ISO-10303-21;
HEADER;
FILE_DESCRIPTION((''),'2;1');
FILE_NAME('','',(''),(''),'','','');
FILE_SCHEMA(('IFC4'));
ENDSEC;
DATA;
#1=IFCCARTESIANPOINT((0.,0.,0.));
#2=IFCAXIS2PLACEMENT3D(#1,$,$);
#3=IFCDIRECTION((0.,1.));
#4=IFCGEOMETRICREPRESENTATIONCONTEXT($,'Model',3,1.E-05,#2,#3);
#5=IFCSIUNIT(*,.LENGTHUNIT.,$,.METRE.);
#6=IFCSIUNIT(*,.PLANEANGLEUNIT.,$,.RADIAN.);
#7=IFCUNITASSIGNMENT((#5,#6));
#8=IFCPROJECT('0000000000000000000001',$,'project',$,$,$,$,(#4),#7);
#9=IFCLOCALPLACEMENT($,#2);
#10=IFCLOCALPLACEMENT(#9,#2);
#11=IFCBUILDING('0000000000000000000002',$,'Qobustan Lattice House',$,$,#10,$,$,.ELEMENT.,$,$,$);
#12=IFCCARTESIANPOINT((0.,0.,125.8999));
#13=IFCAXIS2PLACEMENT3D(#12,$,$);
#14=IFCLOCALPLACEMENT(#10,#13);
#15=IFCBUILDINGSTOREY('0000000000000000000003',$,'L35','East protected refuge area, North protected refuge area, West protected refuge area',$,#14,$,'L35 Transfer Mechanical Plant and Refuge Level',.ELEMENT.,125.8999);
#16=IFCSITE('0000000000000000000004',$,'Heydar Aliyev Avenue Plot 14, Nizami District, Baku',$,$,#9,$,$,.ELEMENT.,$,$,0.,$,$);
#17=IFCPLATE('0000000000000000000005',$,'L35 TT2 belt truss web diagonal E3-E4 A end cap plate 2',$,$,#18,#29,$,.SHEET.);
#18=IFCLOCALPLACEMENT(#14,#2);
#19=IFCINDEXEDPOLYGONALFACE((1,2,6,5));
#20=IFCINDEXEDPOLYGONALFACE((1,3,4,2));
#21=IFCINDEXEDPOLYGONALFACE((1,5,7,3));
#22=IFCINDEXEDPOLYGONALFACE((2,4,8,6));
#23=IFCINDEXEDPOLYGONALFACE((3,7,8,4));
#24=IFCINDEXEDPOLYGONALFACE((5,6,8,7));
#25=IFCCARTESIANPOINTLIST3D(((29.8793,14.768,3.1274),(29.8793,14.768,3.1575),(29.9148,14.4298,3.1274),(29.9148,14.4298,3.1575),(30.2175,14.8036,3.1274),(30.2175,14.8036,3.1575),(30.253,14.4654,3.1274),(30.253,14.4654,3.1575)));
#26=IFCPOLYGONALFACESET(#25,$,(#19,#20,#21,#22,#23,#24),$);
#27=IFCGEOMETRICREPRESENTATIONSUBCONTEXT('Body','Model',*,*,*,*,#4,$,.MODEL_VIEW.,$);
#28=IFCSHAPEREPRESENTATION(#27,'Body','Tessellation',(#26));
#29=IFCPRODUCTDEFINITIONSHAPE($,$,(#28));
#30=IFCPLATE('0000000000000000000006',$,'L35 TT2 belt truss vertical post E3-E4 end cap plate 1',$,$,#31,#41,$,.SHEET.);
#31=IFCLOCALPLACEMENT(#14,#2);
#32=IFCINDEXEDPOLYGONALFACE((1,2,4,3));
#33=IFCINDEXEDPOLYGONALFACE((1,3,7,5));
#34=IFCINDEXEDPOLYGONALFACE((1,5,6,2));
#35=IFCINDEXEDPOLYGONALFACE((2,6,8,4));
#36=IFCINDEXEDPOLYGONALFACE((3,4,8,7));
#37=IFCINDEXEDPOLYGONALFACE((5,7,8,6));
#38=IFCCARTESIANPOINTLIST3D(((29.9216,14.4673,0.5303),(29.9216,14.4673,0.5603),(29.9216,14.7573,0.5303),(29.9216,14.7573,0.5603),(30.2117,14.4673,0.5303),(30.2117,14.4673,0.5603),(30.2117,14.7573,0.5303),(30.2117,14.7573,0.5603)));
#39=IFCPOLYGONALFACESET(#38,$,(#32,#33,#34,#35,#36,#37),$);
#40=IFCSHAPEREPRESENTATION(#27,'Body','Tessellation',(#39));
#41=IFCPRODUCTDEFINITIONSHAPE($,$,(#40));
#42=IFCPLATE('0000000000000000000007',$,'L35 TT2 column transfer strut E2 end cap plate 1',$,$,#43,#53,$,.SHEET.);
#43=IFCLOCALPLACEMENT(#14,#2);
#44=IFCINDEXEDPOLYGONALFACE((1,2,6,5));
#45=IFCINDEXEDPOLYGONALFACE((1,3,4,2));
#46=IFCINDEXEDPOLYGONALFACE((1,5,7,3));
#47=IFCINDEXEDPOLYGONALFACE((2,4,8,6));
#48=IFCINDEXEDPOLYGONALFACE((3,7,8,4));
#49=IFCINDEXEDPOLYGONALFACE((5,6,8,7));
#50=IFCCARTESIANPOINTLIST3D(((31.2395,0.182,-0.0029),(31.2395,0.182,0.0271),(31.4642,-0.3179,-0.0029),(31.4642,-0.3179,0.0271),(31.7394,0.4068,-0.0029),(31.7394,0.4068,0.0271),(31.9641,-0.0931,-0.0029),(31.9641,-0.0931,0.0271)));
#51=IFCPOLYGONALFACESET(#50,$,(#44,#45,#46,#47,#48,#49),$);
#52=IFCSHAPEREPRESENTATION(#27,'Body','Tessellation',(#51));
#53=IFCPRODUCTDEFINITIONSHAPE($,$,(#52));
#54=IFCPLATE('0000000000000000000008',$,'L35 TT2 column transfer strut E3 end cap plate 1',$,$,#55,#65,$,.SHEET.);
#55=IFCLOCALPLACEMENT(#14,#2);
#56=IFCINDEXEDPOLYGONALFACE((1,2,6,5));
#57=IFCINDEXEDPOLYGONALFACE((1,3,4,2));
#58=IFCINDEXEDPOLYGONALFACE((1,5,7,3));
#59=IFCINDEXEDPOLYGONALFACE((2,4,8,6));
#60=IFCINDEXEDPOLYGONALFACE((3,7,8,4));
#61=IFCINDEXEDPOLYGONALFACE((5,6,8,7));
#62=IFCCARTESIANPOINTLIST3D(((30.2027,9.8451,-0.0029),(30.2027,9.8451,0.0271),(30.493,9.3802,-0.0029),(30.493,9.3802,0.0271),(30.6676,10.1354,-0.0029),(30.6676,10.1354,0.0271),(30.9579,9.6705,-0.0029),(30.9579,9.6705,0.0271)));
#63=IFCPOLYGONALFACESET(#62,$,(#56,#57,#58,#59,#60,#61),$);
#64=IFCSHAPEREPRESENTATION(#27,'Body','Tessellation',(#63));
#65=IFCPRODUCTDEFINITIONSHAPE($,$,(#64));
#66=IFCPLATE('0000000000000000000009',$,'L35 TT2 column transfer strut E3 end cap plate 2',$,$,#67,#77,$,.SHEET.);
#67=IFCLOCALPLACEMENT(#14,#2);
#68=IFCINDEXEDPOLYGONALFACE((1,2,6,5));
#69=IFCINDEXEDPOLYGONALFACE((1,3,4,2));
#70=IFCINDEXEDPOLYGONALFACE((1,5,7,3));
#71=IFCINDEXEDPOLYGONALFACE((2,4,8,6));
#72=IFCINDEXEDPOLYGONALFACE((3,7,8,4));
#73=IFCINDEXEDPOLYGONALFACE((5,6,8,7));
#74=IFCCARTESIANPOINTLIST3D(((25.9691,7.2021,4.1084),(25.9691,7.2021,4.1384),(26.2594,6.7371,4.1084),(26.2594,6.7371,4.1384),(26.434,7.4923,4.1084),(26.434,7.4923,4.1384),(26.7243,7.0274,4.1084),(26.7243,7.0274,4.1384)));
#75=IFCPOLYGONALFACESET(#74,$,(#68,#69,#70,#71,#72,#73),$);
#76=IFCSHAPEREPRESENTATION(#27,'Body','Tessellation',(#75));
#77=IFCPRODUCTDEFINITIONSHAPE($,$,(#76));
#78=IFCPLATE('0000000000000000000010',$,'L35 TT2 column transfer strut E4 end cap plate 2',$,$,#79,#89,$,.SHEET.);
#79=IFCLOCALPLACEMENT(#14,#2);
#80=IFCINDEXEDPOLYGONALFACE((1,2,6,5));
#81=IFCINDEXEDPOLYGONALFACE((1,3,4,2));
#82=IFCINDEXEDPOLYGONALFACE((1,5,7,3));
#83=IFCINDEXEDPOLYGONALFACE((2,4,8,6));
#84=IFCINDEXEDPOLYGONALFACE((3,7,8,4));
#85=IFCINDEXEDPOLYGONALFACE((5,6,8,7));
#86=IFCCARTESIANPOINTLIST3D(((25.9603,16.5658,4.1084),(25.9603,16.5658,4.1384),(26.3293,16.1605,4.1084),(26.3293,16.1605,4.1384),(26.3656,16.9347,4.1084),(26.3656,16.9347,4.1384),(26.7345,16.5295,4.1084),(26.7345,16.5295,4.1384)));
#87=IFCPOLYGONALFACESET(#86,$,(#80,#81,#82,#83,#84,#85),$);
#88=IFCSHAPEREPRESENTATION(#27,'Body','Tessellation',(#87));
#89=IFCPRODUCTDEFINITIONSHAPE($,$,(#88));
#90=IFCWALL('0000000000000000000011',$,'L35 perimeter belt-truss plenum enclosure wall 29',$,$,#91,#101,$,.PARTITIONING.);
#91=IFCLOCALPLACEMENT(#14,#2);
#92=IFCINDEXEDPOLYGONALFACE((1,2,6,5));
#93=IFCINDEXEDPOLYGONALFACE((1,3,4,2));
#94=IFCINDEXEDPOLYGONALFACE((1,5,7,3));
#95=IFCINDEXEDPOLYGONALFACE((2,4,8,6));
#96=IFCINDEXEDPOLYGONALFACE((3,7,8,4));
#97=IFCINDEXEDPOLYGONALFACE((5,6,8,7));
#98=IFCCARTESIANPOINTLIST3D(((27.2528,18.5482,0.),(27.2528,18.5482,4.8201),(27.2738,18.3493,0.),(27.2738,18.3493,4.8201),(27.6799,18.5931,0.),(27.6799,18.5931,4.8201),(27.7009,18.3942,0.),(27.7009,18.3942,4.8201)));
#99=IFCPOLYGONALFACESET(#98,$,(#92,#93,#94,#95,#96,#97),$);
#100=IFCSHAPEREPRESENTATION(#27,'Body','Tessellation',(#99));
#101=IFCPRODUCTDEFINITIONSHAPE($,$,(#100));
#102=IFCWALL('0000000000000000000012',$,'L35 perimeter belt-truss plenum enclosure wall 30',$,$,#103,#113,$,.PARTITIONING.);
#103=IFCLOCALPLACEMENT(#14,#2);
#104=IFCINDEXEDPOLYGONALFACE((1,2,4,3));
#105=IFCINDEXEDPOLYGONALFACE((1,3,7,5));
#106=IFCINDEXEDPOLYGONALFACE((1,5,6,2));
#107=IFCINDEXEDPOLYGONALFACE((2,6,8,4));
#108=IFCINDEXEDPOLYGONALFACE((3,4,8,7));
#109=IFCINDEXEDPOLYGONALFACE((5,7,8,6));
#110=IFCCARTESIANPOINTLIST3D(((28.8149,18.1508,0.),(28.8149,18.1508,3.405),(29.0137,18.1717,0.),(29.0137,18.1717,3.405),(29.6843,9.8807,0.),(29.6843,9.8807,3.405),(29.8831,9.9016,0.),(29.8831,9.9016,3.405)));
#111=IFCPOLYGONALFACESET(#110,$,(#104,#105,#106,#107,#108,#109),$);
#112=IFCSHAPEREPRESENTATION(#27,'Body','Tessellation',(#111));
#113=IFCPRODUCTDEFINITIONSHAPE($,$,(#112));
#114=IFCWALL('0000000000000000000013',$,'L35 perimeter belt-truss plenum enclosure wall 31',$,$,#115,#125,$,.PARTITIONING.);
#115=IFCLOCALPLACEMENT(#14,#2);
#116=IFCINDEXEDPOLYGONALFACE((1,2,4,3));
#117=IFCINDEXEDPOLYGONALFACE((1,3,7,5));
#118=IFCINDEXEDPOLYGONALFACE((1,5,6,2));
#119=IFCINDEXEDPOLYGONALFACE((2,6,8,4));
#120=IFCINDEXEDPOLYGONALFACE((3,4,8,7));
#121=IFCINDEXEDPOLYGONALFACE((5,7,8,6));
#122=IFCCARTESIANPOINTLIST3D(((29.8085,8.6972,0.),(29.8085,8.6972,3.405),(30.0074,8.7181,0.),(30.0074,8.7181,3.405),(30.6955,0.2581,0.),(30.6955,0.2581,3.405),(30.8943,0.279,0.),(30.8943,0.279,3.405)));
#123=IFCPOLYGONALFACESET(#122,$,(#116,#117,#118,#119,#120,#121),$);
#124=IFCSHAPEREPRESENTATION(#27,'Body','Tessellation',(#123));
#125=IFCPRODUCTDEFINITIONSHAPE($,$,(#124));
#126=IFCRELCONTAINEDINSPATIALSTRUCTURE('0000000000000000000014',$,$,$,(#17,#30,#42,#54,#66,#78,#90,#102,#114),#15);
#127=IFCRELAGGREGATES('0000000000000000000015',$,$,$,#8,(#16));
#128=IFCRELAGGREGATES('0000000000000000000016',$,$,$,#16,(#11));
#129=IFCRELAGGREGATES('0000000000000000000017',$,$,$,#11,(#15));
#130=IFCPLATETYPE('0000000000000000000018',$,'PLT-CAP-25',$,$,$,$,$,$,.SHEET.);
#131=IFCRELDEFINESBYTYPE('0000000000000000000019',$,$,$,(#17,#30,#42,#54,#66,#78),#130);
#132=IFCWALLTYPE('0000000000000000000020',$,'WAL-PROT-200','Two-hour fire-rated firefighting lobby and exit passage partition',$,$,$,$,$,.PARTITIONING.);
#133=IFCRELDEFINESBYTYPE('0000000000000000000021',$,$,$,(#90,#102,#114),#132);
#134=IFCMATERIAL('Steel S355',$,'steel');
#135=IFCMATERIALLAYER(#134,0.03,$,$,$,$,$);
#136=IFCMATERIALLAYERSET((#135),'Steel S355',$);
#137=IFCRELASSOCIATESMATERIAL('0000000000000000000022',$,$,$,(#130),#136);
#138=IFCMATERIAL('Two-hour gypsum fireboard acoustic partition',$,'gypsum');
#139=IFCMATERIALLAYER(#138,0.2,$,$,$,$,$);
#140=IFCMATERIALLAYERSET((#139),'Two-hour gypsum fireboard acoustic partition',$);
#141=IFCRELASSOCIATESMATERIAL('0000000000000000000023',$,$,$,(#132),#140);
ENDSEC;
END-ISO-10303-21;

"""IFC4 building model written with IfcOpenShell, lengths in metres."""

from ifc_helpers import new_model, si_unit, direction, frame, frame_2d, origin, origin_2d, place, context, subcontext, project, spatial, rectangle, extrude, material, layer, layer_set, type_object, element, save


model = new_model("IFC4")

# Units and contexts
model_context = context("Model", 3, precision=1e-05, world=origin(), true_north=direction((0.0, 1.0)))
body_context = subcontext(model_context, "Body", "Model", "MODEL_VIEW")
ifc_project = project(units=[si_unit("LENGTHUNIT", "METRE"), si_unit("PLANEANGLEUNIT", "RADIAN")], contexts=[model_context])

# Site, building, storey
site_placement = place(None, origin())
site = spatial("IfcSite", under=ifc_project, at=site_placement, Name="Heydar Aliyev Avenue Plot 14, Nizami District, Baku", CompositionType="ELEMENT", RefElevation=0.0)
building_placement = place(site_placement, origin())
building = spatial("IfcBuilding", under=site, at=building_placement, Name="Qobustan Lattice House", CompositionType="ELEMENT")
storey_placement = place(building_placement, frame((0.0, 0.0, 125.8999)))
storey = spatial("IfcBuildingStorey", under=building, at=storey_placement, Name="L35", Description="East protected refuge area, North protected refuge area, West protected refuge area", LongName="L35 Transfer Mechanical Plant and Refuge Level", CompositionType="ELEMENT", Elevation=125.8999)

# Plates
ifc_material_1 = material(Name="Steel S355", Category="steel")
ifc_layer_1 = layer(ifc_material_1, 0.03)
ifc_layer_set_1 = layer_set([ifc_layer_1], Name="Steel S355")
plate_type = type_object("IfcPlateType", Name="PLT-CAP-25", PredefinedType="SHEET", material=ifc_layer_set_1)
plate_1_placement = place(storey_placement, frame((30.0662, 14.6167, 3.1274), z_axis=(0.0, 0.0, 1.0), x_axis=(-0.104511, 0.994524, 0.0)))
element("IfcPlate", 1, at=plate_1_placement, inside=storey, type_object=plate_type, Name="L35 TT2 belt truss web diagonal E3-E4 A end cap plate 2", PredefinedType="SHEET", context=body_context, shape_type="SweptSolid", body=[
    extrude(rectangle(XDim=0.3401, YDim=0.3401, at=origin_2d()), origin(), (0.0, 0.0, 1.0), 0.03),
])
plate_2_placement = place(storey_placement, frame((30.0667, 14.6123, 0.5303), z_axis=(0.0, 0.0, 1.0), x_axis=(1.0, 0.0, 0.0)))
element("IfcPlate", 2, at=plate_2_placement, inside=storey, type_object=plate_type, Name="L35 TT2 belt truss vertical post E3-E4 end cap plate 1", PredefinedType="SHEET", context=body_context, shape_type="SweptSolid", body=[
    extrude(rectangle(XDim=0.29, YDim=0.29, at=origin_2d()), origin(), (0.0, 0.0, 1.0), 0.03),
])
for number, where, z_axis, x_axis, name in (
    (3, (31.6018, 0.0444, -0.0029), (0.0, 0.0, 1.0), (-0.912063, -0.41005, 0.0), "L35 TT2 column transfer strut E2 end cap plate 1"),
    (4, (30.5803, 9.7578, -0.0029), (0.0, 0.0, 1.0), (-0.848242, -0.529608, 0.0), "L35 TT2 column transfer strut E3 end cap plate 1"),
    (5, (26.3467, 7.1147, 4.1084), (0.0, 0.0, 1.0), (-0.848242, -0.529608, 0.0), "L35 TT2 column transfer strut E3 end cap plate 2"),
    (6, (26.3474, 16.5476, 4.1084), (0.0, 0.0, 1.0), (-0.739455, -0.673206, 0.0), "L35 TT2 column transfer strut E4 end cap plate 2"),
):
    element("IfcPlate", number, at=place(storey_placement, frame(where, z_axis=z_axis, x_axis=x_axis)), inside=storey, type_object=plate_type, Name=name, PredefinedType="SHEET", context=body_context, shape_type="SweptSolid", body=[
        extrude(rectangle(XDim=0.5481, YDim=0.5481, at=origin_2d()), origin(), (0.0, 0.0, 1.0), 0.03),
    ])

# Walls
ifc_material_2 = material(Name="Two-hour gypsum fireboard acoustic partition", Category="gypsum")
ifc_layer_2 = layer(ifc_material_2, 0.2)
ifc_layer_set_2 = layer_set([ifc_layer_2], Name="Two-hour gypsum fireboard acoustic partition")
wall_type = type_object("IfcWallType", Name="WAL-PROT-200", Description="Two-hour fire-rated firefighting lobby and exit passage partition", PredefinedType="PARTITIONING", material=ifc_layer_set_2)
wall_1_placement = place(storey_placement, frame((27.2632, 18.4487, 0.0), z_axis=(0.0, 0.0, 1.0), x_axis=(0.994512, 0.104626, 0.0)))
element("IfcWall", 7, at=wall_1_placement, inside=storey, type_object=wall_type, Name="L35 perimeter belt-truss plenum enclosure wall 29", PredefinedType="PARTITIONING", context=body_context, shape_type="SweptSolid", body=[
    extrude(rectangle(XDim=0.4294, YDim=0.2, at=frame_2d((0.2148, 0.0))), origin(), (0.0, 0.0, 1.0), 4.8201),
])
wall_2_placement = place(storey_placement, frame((28.9143, 18.1611, 0.0), z_axis=(0.0, 0.0, 1.0), x_axis=(0.104549, -0.99452, 0.0)))
element("IfcWall", 8, at=wall_2_placement, inside=storey, type_object=wall_type, Name="L35 perimeter belt-truss plenum enclosure wall 30", PredefinedType="PARTITIONING", context=body_context, shape_type="SweptSolid", body=[
    extrude(rectangle(XDim=8.3157, YDim=0.2, at=frame_2d((4.1577, 0.0))), origin(), (0.0, 0.0, 1.0), 3.405),
])
wall_3_placement = place(storey_placement, frame((29.908, 8.7075, 0.0), z_axis=(0.0, 0.0, 1.0), x_axis=(0.104525, -0.994522, 0.0)))
element("IfcWall", 9, at=wall_3_placement, inside=storey, type_object=wall_type, Name="L35 perimeter belt-truss plenum enclosure wall 31", PredefinedType="PARTITIONING", context=body_context, shape_type="SweptSolid", body=[
    extrude(rectangle(XDim=8.4856, YDim=0.2, at=frame_2d((4.2427, 0.0))), origin(), (0.0, 0.0, 1.0), 3.405),
])

save(model, "model.ifc")
